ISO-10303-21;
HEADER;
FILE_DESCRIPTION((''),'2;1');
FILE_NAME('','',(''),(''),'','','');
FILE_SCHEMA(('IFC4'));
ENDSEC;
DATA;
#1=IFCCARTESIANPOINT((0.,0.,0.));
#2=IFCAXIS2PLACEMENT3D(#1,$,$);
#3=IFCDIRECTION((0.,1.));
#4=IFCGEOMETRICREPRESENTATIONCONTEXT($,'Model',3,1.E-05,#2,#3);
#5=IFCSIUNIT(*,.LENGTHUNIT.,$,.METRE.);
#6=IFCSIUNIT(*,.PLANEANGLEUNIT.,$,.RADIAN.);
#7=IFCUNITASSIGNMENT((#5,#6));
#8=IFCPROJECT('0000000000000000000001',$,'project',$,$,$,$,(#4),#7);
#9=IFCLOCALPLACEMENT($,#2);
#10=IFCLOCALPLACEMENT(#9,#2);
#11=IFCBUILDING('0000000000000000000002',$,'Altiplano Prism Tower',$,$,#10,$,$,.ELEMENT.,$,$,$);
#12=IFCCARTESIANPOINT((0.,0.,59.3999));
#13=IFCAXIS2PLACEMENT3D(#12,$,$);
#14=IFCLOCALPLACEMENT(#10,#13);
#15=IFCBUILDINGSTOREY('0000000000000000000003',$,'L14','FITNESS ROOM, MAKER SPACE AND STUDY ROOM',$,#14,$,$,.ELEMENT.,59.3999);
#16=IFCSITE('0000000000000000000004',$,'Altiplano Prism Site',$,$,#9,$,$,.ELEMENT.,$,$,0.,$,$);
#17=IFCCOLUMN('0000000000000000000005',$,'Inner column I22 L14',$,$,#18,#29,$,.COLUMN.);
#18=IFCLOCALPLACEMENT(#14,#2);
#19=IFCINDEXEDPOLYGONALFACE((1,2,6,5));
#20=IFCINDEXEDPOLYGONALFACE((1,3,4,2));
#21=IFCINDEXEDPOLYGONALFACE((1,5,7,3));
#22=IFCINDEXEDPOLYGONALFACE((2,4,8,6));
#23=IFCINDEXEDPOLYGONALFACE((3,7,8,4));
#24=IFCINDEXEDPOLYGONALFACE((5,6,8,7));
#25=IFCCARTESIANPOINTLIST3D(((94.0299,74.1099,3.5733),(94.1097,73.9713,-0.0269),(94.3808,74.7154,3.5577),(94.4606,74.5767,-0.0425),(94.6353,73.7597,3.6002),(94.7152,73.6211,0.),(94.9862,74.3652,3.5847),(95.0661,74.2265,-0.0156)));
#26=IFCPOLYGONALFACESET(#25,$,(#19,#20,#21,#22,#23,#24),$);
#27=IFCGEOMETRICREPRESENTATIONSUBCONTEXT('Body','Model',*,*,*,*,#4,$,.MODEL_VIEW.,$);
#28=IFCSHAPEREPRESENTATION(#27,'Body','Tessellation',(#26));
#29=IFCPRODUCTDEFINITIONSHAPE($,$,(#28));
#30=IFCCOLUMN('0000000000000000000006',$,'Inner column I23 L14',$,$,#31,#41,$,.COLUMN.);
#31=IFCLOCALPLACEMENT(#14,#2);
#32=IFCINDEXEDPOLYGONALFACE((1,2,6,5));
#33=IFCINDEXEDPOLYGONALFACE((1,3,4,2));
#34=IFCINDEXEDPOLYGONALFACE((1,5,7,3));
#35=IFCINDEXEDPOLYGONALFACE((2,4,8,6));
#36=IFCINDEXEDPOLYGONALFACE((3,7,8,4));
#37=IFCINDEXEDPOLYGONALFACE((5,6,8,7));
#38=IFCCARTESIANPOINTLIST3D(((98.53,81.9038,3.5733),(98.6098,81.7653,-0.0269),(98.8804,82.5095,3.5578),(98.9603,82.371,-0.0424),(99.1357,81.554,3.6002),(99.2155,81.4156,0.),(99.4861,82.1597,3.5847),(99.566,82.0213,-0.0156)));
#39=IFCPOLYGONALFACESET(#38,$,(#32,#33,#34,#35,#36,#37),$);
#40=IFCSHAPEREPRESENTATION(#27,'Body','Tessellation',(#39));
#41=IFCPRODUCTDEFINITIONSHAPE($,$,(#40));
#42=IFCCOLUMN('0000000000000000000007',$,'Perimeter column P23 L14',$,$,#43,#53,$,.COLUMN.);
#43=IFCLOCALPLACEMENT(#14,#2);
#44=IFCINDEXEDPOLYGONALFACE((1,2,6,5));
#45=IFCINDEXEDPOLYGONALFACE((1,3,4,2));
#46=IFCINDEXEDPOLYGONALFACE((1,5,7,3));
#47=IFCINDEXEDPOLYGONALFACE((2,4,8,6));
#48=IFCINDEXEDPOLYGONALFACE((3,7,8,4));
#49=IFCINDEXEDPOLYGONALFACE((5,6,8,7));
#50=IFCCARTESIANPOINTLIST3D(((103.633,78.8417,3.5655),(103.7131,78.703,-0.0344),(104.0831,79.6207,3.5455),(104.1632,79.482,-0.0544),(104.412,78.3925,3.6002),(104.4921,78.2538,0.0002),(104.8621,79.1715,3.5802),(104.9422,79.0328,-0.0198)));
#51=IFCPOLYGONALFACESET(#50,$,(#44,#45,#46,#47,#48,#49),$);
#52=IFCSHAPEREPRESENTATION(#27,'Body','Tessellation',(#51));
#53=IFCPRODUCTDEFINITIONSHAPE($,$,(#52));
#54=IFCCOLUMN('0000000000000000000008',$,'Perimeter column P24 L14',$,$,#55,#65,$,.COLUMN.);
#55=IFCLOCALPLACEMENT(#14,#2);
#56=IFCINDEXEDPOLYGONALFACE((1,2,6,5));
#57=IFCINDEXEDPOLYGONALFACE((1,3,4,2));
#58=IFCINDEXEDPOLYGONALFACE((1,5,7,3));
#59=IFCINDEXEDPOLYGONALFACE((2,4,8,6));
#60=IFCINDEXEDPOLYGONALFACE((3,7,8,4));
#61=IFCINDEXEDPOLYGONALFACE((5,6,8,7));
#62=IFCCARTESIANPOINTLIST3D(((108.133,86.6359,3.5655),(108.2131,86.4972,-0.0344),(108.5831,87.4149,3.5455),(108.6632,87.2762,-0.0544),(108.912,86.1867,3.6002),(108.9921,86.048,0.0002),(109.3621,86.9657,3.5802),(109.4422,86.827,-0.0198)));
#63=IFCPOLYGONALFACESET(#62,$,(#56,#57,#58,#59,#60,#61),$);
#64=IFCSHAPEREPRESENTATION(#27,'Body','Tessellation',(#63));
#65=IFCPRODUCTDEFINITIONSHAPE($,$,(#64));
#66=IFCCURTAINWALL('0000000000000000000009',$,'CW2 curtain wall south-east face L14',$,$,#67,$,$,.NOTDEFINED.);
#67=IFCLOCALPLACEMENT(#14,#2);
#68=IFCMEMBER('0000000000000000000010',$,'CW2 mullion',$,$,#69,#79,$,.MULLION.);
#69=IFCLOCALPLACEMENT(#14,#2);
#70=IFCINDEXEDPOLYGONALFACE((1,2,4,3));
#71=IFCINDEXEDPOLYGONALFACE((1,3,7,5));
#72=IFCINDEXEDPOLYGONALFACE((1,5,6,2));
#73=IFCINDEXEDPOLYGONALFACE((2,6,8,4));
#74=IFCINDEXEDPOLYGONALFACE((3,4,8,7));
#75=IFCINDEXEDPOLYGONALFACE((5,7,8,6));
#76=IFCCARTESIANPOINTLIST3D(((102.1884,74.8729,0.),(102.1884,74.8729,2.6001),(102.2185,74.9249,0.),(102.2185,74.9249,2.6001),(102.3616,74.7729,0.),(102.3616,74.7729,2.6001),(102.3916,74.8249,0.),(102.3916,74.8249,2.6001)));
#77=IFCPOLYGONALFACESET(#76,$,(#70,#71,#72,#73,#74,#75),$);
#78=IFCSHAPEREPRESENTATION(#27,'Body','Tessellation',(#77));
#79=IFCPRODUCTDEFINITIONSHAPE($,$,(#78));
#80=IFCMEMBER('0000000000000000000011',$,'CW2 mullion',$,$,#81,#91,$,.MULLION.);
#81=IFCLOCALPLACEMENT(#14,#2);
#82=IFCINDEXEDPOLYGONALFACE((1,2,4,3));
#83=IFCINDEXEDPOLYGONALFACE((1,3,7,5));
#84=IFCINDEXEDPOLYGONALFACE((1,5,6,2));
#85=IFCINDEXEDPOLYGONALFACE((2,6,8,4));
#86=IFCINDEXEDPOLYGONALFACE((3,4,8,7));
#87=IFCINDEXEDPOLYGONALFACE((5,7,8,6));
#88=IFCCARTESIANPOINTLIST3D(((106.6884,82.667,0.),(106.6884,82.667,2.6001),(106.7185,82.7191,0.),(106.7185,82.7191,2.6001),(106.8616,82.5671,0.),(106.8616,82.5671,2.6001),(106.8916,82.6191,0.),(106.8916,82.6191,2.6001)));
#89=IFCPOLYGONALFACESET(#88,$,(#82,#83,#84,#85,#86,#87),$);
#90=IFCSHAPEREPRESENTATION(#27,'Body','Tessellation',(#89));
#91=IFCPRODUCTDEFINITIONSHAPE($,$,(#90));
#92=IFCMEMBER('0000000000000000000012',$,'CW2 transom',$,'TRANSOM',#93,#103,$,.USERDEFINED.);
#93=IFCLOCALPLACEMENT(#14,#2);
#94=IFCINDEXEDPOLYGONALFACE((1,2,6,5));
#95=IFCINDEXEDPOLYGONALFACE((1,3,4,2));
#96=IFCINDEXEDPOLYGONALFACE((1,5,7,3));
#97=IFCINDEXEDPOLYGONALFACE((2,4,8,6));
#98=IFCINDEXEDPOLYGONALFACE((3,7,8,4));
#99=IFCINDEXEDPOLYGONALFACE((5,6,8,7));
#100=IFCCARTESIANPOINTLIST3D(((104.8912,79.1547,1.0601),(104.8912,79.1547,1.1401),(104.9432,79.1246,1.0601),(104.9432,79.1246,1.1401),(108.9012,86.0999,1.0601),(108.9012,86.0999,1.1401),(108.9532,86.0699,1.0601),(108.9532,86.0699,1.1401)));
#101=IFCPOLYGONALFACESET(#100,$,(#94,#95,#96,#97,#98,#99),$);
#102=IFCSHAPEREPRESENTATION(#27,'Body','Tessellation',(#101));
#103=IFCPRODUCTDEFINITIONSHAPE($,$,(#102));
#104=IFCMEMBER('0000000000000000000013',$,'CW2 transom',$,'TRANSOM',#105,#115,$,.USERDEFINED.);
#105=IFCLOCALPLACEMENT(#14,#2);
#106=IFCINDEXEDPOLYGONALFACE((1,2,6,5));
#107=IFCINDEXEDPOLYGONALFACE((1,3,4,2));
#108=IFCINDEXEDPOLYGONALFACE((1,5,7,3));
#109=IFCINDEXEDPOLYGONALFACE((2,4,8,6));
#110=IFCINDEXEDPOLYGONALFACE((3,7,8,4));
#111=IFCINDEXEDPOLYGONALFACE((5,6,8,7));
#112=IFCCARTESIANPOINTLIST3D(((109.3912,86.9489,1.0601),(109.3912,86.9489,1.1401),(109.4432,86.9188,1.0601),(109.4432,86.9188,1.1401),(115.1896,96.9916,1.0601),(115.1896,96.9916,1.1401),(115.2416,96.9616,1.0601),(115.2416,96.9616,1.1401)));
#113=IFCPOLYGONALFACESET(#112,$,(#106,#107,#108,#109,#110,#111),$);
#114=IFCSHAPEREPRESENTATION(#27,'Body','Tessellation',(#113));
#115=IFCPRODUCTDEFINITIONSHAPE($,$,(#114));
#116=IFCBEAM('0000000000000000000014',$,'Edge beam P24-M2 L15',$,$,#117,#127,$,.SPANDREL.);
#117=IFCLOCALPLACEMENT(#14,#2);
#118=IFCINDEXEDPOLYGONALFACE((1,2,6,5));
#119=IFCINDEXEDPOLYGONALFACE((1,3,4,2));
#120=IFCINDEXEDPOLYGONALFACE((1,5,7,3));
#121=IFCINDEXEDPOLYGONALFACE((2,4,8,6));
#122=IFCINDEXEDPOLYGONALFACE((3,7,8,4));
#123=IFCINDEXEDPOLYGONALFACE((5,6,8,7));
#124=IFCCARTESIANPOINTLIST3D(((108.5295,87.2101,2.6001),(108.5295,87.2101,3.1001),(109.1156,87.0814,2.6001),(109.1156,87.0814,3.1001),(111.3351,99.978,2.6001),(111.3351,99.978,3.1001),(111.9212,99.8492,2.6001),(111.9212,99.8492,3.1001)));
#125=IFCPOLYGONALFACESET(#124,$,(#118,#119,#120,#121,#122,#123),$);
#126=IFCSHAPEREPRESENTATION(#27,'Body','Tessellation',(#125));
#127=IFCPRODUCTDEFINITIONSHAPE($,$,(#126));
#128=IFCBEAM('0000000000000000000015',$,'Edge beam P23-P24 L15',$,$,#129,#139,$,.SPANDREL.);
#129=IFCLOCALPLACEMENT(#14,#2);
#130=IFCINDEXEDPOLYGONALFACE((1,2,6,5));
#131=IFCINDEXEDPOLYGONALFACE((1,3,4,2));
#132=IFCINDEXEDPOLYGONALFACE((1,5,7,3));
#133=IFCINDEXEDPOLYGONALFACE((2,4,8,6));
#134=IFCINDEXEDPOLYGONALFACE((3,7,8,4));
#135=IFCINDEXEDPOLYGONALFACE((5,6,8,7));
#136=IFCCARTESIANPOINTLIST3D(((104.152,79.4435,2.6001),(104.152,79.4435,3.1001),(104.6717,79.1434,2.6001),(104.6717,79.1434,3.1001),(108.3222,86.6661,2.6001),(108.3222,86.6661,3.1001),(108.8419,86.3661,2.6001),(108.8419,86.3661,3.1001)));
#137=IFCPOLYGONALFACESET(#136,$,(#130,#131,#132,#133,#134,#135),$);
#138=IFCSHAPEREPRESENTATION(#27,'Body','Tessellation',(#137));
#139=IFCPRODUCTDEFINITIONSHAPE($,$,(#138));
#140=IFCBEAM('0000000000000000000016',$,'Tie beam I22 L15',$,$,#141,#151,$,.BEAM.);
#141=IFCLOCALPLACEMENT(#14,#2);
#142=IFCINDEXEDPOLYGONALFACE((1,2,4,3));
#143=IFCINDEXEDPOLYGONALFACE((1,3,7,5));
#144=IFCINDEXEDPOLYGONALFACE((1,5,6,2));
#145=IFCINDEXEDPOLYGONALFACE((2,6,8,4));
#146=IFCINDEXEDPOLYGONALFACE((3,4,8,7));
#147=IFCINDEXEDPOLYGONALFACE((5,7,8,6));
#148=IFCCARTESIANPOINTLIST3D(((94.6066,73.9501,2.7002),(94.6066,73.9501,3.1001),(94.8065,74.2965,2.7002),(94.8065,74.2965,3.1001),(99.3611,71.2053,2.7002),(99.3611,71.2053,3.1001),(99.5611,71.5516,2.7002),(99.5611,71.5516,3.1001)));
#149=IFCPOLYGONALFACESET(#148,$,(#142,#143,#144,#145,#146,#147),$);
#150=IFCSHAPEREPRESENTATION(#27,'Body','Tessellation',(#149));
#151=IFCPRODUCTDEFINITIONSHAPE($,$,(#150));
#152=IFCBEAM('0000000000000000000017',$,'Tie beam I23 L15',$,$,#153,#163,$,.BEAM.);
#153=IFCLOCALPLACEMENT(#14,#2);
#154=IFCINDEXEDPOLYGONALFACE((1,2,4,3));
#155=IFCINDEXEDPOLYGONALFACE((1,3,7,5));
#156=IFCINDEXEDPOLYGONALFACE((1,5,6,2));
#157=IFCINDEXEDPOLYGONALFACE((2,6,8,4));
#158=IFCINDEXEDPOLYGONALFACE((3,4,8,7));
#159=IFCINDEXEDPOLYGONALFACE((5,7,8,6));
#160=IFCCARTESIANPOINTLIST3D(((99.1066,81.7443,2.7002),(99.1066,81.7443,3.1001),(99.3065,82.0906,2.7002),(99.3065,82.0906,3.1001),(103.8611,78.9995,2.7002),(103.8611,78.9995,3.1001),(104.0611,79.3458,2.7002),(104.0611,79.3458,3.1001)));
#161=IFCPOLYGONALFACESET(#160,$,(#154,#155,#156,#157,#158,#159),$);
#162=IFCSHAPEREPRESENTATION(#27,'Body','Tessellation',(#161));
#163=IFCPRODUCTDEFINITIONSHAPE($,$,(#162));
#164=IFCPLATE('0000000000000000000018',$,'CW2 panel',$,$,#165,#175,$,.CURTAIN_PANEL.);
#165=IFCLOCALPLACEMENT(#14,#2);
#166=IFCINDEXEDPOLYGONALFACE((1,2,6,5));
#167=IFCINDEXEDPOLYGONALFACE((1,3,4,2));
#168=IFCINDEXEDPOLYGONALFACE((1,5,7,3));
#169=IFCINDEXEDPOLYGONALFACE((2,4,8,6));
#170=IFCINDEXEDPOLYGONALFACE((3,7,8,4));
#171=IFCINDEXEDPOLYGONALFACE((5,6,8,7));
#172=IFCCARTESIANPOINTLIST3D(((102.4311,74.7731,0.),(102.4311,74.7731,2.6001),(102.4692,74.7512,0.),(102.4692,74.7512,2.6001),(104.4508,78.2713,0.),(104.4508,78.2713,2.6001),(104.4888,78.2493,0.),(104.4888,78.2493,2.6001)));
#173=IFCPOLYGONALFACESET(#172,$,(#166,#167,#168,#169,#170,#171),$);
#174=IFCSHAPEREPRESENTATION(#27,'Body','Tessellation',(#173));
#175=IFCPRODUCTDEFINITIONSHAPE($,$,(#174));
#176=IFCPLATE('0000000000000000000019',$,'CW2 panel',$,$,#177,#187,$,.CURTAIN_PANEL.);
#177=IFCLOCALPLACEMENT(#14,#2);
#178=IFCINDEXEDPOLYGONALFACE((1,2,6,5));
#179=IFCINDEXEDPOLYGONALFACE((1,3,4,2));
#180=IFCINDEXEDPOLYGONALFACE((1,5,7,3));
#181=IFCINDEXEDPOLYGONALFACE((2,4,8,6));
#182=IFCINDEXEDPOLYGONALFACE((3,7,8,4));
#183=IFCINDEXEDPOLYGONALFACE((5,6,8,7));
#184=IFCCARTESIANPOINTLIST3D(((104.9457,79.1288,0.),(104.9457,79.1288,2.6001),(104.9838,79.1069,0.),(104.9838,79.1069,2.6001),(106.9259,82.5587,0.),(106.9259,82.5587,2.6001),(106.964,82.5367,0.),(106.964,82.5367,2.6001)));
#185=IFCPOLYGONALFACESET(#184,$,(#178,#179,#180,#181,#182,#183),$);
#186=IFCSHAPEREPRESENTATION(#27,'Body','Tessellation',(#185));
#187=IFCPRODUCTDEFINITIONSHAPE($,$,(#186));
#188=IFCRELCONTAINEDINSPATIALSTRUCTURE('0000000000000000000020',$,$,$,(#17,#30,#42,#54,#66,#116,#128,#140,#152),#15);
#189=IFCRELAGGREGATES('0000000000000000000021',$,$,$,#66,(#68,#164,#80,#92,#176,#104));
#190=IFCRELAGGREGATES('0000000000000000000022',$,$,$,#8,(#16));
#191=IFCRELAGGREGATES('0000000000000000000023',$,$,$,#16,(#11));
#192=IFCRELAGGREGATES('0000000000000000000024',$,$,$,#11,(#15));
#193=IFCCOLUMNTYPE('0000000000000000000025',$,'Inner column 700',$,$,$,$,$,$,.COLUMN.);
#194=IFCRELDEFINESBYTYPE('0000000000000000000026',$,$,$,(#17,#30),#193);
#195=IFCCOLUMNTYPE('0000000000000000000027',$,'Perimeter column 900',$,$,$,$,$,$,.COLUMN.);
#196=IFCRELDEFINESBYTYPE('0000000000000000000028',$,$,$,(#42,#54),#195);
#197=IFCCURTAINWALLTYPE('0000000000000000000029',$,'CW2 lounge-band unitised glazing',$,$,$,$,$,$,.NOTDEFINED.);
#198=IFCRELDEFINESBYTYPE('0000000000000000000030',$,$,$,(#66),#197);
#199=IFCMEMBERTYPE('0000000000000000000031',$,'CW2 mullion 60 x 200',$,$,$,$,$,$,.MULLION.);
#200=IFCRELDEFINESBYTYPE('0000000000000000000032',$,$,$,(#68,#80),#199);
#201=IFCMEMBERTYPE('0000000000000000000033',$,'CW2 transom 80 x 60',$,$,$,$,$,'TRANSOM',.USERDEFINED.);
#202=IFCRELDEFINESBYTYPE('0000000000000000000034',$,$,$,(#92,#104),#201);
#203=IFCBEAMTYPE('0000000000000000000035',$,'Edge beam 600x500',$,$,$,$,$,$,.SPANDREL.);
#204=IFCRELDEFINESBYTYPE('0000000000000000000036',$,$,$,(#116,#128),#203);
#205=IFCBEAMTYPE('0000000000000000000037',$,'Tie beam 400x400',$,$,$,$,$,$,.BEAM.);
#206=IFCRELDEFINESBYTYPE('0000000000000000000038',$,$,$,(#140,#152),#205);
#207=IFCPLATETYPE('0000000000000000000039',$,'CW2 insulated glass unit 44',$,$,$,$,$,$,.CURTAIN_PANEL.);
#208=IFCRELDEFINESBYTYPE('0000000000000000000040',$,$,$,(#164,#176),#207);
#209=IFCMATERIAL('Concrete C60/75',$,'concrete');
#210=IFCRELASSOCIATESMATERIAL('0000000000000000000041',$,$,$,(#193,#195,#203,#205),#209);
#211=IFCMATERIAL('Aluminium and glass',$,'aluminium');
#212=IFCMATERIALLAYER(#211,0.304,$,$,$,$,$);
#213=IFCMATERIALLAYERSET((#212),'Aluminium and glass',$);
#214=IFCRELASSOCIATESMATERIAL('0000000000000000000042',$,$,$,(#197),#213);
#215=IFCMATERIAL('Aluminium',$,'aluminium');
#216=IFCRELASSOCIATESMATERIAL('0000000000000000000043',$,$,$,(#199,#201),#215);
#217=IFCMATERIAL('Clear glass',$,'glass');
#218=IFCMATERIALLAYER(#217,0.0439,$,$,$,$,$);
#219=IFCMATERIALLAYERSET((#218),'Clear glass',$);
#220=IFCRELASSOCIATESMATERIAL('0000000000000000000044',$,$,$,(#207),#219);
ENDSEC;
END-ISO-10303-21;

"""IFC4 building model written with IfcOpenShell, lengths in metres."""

from ifc_helpers import new_model, si_unit, direction, frame, origin, origin_2d, place, context, subcontext, project, spatial, rectangle, extrude, material, layer, layer_set, material_profile, profile_set, type_object, element, aggregate, save


model = new_model("IFC4")

# Units and contexts
model_context = context("Model", 3, precision=1e-05, world=origin(), true_north=direction((0.0, 1.0)))
body_context = subcontext(model_context, "Body", "Model", "MODEL_VIEW")
ifc_project = project(units=[si_unit("LENGTHUNIT", "METRE"), si_unit("PLANEANGLEUNIT", "RADIAN")], contexts=[model_context])

# Site, building, storey
site_placement = place(None, origin())
site = spatial("IfcSite", under=ifc_project, at=site_placement, Name="Altiplano Prism Site", CompositionType="ELEMENT", RefElevation=0.0)
building_placement = place(site_placement, origin())
building = spatial("IfcBuilding", under=site, at=building_placement, Name="Altiplano Prism Tower", CompositionType="ELEMENT")
storey_placement = place(building_placement, frame((0.0, 0.0, 59.3999)))
storey = spatial("IfcBuildingStorey", under=building, at=storey_placement, Name="L14", Description="FITNESS ROOM, MAKER SPACE AND STUDY ROOM", CompositionType="ELEMENT", Elevation=59.3999)

# Columns
ifc_material_1 = material(Name="Concrete C60/75", Category="concrete")
ifc_material_profile_1 = material_profile(ifc_material_1, rectangle(XDim=0.7, YDim=0.7, at=origin_2d()), Name="Inner column 700")
ifc_profile_set_1 = profile_set([ifc_material_profile_1], Name="Concrete C60/75")
column_type_1 = type_object("IfcColumnType", Name="Inner column 700", PredefinedType="COLUMN", material=ifc_profile_set_1)
for number, where, z_axis, x_axis, name in (
    (1, (94.5879, 74.0989, -0.0212), (-0.022154, 0.038481, 0.999014), (-0.501318, -0.864979, 0.022201), "Inner column I22 L14"),
    (2, (99.0879, 81.8933, -0.0212), (-0.022154, 0.038413, 0.999016), (-0.50066, -0.86536, 0.022172), "Inner column I23 L14"),
):
    element("IfcColumn", number, at=place(storey_placement, frame(where, z_axis=z_axis, x_axis=x_axis)), inside=storey, type_object=column_type_1, Name=name, PredefinedType="COLUMN", context=body_context, shape_type="SweptSolid", body=[
        extrude(rectangle(XDim=0.7, YDim=0.7, at=origin_2d()), origin(), (0.0, 0.0, 1.0), 3.6038),
    ])
ifc_material_profile_2 = material_profile(ifc_material_1, rectangle(XDim=0.8999, YDim=0.8999, at=origin_2d()), Name="Perimeter column 900")
ifc_profile_set_2 = profile_set([ifc_material_profile_2], Name="Concrete C60/75")
column_type_2 = type_object("IfcColumnType", Name="Perimeter column 900", PredefinedType="COLUMN", material=ifc_profile_set_2)
for number, where, z_axis, x_axis, name in (
    (3, (104.3276, 78.8679, -0.0271), (-0.022223, 0.038483, 0.999012), (-0.500177, -0.865638, 0.022219), "Perimeter column P23 L14"),
    (4, (108.8276, 86.6621, -0.0271), (-0.022223, 0.038483, 0.999012), (-0.500175, -0.865639, 0.022219), "Perimeter column P24 L14"),
):
    element("IfcColumn", number, at=place(storey_placement, frame(where, z_axis=z_axis, x_axis=x_axis)), inside=storey, type_object=column_type_2, Name=name, PredefinedType="COLUMN", context=body_context, shape_type="SweptSolid", body=[
        extrude(rectangle(XDim=0.8999, YDim=0.8999, at=origin_2d()), origin(), (0.0, 0.0, 1.0), 3.6035),
    ])

# Curtain wall, members
ifc_material_2 = material(Name="Aluminium and glass", Category="aluminium")
ifc_layer_1 = layer(ifc_material_2, 0.304)
ifc_layer_set_1 = layer_set([ifc_layer_1], Name="Aluminium and glass")
curtain_wall_type = type_object("IfcCurtainWallType", Name="CW2 lounge-band unitised glazing", PredefinedType="NOTDEFINED", material=ifc_layer_set_1)
curtain_wall_placement = place(storey_placement, origin())
curtain_wall = element("IfcCurtainWall", 5, at=curtain_wall_placement, inside=storey, type_object=curtain_wall_type, Name="CW2 curtain wall south-east face L14", PredefinedType="NOTDEFINED")
ifc_material_3 = material(Name="Aluminium", Category="aluminium")
ifc_material_profile_3 = material_profile(ifc_material_3, rectangle(XDim=0.2, YDim=0.0601, at=origin_2d()), Name="CW2 mullion 60 x 200")
ifc_profile_set_3 = profile_set([ifc_material_profile_3], Name="Aluminium")
member_type_1 = type_object("IfcMemberType", Name="CW2 mullion 60 x 200", PredefinedType="MULLION", material=ifc_profile_set_3)
member_1_placement = place(storey_placement, frame((102.29, 74.8489, 0.0), z_axis=(0.0, 0.0, 1.0), x_axis=(-0.866025, 0.5, 0.0)))
member_1 = element("IfcMember", 6, at=member_1_placement, type_object=member_type_1, Name="CW2 mullion", PredefinedType="MULLION", context=body_context, shape_type="SweptSolid", body=[
    extrude(rectangle(XDim=0.2, YDim=0.0601, at=origin_2d()), origin(), (0.0, 0.0, 1.0), 2.6001),
])
member_2_placement = place(storey_placement, frame((106.79, 82.6431, 0.0), z_axis=(0.0, 0.0, 1.0), x_axis=(-0.866025, 0.5, 0.0)))
member_2 = element("IfcMember", 7, at=member_2_placement, type_object=member_type_1, Name="CW2 mullion", PredefinedType="MULLION", context=body_context, shape_type="SweptSolid", body=[
    extrude(rectangle(XDim=0.2, YDim=0.0601, at=origin_2d()), origin(), (0.0, 0.0, 1.0), 2.6001),
])
ifc_material_profile_4 = material_profile(ifc_material_3, rectangle(XDim=0.0601, YDim=0.0801, at=origin_2d()), Name="CW2 transom 80 x 60")
ifc_profile_set_4 = profile_set([ifc_material_profile_4], Name="Aluminium")
member_type_2 = type_object("IfcMemberType", Name="CW2 transom 80 x 60", ElementType="TRANSOM", PredefinedType="USERDEFINED", material=ifc_profile_set_4)
member_3_placement = place(storey_placement, frame((104.9172, 79.1396, 1.1001), z_axis=(0.500012, 0.866018, 0.0), x_axis=(-0.866018, 0.500012, 0.0)))
member_3 = element("IfcMember", 8, at=member_3_placement, type_object=member_type_2, Name="CW2 transom", ObjectType="TRANSOM", PredefinedType="USERDEFINED", context=body_context, shape_type="SweptSolid", body=[
    extrude(rectangle(XDim=0.0601, YDim=0.0801, at=origin_2d()), origin(), (0.0, 0.0, 1.0), 8.0198),
])
member_4_placement = place(storey_placement, frame((109.4172, 86.9338, 1.1001), z_axis=(0.500011, 0.866019, 0.0), x_axis=(-0.866019, 0.500011, 0.0)))
member_4 = element("IfcMember", 9, at=member_4_placement, type_object=member_type_2, Name="CW2 transom", ObjectType="TRANSOM", PredefinedType="USERDEFINED", context=body_context, shape_type="SweptSolid", body=[
    extrude(rectangle(XDim=0.0601, YDim=0.0801, at=origin_2d()), origin(), (0.0, 0.0, 1.0), 11.5964),
])

# Beams
ifc_material_profile_5 = material_profile(ifc_material_1, rectangle(XDim=0.6001, YDim=0.5, at=origin_2d()), Name="Edge beam 600x500")
ifc_profile_set_5 = profile_set([ifc_material_profile_5], Name="Concrete C60/75")
beam_type_1 = type_object("IfcBeamType", Name="Edge beam 600x500", PredefinedType="SPANDREL", material=ifc_profile_set_5)
beam_1_placement = place(storey_placement, frame((108.8225, 87.1458, 2.8501), z_axis=(0.214624, 0.976697, 0.0), x_axis=(-0.976697, 0.214624, 0.0)))
element("IfcBeam", 10, at=beam_1_placement, inside=storey, type_object=beam_type_1, Name="Edge beam P24-M2 L15", PredefinedType="SPANDREL", context=body_context, shape_type="SweptSolid", body=[
    extrude(rectangle(XDim=0.6001, YDim=0.5, at=origin_2d()), origin(), (0.0, 0.0, 1.0), 13.0725),
])
beam_2_placement = place(storey_placement, frame((104.4119, 79.2935, 2.8501), z_axis=(0.500015, 0.866017, 0.0), x_axis=(-0.866017, 0.500015, 0.0)))
element("IfcBeam", 11, at=beam_2_placement, inside=storey, type_object=beam_type_1, Name="Edge beam P23-P24 L15", PredefinedType="SPANDREL", context=body_context, shape_type="SweptSolid", body=[
    extrude(rectangle(XDim=0.6001, YDim=0.5, at=origin_2d()), origin(), (0.0, 0.0, 1.0), 8.3401),
])
ifc_material_profile_6 = material_profile(ifc_material_1, rectangle(XDim=0.3999, YDim=0.3999, at=origin_2d()), Name="Tie beam 400x400")
ifc_profile_set_6 = profile_set([ifc_material_profile_6], Name="Concrete C60/75")
beam_type_2 = type_object("IfcBeamType", Name="Tie beam 400x400", PredefinedType="BEAM", material=ifc_profile_set_6)
for number, where, z_axis, x_axis, name in (
    (12, (94.7065, 74.1233, 2.9001), (0.866043, -0.49997, 0.0), (0.49997, 0.866043, 0.0), "Tie beam I22 L15"),
    (13, (99.2065, 81.9175, 2.9001), (0.866043, -0.49997, 0.0), (0.49997, 0.866043, 0.0), "Tie beam I23 L15"),
):
    element("IfcBeam", number, at=place(storey_placement, frame(where, z_axis=z_axis, x_axis=x_axis)), inside=storey, type_object=beam_type_2, Name=name, PredefinedType="BEAM", context=body_context, shape_type="SweptSolid", body=[
        extrude(rectangle(XDim=0.3999, YDim=0.3999, at=origin_2d()), origin(), (0.0, 0.0, 1.0), 5.49),
    ])

# Plates
ifc_material_4 = material(Name="Clear glass", Category="glass")
ifc_layer_2 = layer(ifc_material_4, 0.0439)
ifc_layer_set_2 = layer_set([ifc_layer_2], Name="Clear glass")
plate_type = type_object("IfcPlateType", Name="CW2 insulated glass unit 44", PredefinedType="CURTAIN_PANEL", material=ifc_layer_set_2)
plate_1_placement = place(storey_placement, frame((103.46, 76.5112, 0.0), z_axis=(0.0, 0.0, 1.0), x_axis=(0.5, 0.866025, 0.0)))
plate_1 = element("IfcPlate", 14, at=plate_1_placement, type_object=plate_type, Name="CW2 panel", PredefinedType="CURTAIN_PANEL", context=body_context, shape_type="SweptSolid", body=[
    extrude(rectangle(XDim=4.0393, YDim=0.0439, at=origin_2d()), origin(), (0.0, 0.0, 1.0), 2.6001),
])
plate_2_placement = place(storey_placement, frame((105.9548, 80.8328, 0.0), z_axis=(0.0, 0.0, 1.0), x_axis=(0.5, 0.866025, 0.0)))
plate_2 = element("IfcPlate", 15, at=plate_2_placement, type_object=plate_type, Name="CW2 panel", PredefinedType="CURTAIN_PANEL", context=body_context, shape_type="SweptSolid", body=[
    extrude(rectangle(XDim=3.9604, YDim=0.0439, at=origin_2d()), origin(), (0.0, 0.0, 1.0), 2.6001),
])
aggregate(curtain_wall, [member_1, plate_1, member_2, member_3, plate_2, member_4])

save(model, "model.ifc")
